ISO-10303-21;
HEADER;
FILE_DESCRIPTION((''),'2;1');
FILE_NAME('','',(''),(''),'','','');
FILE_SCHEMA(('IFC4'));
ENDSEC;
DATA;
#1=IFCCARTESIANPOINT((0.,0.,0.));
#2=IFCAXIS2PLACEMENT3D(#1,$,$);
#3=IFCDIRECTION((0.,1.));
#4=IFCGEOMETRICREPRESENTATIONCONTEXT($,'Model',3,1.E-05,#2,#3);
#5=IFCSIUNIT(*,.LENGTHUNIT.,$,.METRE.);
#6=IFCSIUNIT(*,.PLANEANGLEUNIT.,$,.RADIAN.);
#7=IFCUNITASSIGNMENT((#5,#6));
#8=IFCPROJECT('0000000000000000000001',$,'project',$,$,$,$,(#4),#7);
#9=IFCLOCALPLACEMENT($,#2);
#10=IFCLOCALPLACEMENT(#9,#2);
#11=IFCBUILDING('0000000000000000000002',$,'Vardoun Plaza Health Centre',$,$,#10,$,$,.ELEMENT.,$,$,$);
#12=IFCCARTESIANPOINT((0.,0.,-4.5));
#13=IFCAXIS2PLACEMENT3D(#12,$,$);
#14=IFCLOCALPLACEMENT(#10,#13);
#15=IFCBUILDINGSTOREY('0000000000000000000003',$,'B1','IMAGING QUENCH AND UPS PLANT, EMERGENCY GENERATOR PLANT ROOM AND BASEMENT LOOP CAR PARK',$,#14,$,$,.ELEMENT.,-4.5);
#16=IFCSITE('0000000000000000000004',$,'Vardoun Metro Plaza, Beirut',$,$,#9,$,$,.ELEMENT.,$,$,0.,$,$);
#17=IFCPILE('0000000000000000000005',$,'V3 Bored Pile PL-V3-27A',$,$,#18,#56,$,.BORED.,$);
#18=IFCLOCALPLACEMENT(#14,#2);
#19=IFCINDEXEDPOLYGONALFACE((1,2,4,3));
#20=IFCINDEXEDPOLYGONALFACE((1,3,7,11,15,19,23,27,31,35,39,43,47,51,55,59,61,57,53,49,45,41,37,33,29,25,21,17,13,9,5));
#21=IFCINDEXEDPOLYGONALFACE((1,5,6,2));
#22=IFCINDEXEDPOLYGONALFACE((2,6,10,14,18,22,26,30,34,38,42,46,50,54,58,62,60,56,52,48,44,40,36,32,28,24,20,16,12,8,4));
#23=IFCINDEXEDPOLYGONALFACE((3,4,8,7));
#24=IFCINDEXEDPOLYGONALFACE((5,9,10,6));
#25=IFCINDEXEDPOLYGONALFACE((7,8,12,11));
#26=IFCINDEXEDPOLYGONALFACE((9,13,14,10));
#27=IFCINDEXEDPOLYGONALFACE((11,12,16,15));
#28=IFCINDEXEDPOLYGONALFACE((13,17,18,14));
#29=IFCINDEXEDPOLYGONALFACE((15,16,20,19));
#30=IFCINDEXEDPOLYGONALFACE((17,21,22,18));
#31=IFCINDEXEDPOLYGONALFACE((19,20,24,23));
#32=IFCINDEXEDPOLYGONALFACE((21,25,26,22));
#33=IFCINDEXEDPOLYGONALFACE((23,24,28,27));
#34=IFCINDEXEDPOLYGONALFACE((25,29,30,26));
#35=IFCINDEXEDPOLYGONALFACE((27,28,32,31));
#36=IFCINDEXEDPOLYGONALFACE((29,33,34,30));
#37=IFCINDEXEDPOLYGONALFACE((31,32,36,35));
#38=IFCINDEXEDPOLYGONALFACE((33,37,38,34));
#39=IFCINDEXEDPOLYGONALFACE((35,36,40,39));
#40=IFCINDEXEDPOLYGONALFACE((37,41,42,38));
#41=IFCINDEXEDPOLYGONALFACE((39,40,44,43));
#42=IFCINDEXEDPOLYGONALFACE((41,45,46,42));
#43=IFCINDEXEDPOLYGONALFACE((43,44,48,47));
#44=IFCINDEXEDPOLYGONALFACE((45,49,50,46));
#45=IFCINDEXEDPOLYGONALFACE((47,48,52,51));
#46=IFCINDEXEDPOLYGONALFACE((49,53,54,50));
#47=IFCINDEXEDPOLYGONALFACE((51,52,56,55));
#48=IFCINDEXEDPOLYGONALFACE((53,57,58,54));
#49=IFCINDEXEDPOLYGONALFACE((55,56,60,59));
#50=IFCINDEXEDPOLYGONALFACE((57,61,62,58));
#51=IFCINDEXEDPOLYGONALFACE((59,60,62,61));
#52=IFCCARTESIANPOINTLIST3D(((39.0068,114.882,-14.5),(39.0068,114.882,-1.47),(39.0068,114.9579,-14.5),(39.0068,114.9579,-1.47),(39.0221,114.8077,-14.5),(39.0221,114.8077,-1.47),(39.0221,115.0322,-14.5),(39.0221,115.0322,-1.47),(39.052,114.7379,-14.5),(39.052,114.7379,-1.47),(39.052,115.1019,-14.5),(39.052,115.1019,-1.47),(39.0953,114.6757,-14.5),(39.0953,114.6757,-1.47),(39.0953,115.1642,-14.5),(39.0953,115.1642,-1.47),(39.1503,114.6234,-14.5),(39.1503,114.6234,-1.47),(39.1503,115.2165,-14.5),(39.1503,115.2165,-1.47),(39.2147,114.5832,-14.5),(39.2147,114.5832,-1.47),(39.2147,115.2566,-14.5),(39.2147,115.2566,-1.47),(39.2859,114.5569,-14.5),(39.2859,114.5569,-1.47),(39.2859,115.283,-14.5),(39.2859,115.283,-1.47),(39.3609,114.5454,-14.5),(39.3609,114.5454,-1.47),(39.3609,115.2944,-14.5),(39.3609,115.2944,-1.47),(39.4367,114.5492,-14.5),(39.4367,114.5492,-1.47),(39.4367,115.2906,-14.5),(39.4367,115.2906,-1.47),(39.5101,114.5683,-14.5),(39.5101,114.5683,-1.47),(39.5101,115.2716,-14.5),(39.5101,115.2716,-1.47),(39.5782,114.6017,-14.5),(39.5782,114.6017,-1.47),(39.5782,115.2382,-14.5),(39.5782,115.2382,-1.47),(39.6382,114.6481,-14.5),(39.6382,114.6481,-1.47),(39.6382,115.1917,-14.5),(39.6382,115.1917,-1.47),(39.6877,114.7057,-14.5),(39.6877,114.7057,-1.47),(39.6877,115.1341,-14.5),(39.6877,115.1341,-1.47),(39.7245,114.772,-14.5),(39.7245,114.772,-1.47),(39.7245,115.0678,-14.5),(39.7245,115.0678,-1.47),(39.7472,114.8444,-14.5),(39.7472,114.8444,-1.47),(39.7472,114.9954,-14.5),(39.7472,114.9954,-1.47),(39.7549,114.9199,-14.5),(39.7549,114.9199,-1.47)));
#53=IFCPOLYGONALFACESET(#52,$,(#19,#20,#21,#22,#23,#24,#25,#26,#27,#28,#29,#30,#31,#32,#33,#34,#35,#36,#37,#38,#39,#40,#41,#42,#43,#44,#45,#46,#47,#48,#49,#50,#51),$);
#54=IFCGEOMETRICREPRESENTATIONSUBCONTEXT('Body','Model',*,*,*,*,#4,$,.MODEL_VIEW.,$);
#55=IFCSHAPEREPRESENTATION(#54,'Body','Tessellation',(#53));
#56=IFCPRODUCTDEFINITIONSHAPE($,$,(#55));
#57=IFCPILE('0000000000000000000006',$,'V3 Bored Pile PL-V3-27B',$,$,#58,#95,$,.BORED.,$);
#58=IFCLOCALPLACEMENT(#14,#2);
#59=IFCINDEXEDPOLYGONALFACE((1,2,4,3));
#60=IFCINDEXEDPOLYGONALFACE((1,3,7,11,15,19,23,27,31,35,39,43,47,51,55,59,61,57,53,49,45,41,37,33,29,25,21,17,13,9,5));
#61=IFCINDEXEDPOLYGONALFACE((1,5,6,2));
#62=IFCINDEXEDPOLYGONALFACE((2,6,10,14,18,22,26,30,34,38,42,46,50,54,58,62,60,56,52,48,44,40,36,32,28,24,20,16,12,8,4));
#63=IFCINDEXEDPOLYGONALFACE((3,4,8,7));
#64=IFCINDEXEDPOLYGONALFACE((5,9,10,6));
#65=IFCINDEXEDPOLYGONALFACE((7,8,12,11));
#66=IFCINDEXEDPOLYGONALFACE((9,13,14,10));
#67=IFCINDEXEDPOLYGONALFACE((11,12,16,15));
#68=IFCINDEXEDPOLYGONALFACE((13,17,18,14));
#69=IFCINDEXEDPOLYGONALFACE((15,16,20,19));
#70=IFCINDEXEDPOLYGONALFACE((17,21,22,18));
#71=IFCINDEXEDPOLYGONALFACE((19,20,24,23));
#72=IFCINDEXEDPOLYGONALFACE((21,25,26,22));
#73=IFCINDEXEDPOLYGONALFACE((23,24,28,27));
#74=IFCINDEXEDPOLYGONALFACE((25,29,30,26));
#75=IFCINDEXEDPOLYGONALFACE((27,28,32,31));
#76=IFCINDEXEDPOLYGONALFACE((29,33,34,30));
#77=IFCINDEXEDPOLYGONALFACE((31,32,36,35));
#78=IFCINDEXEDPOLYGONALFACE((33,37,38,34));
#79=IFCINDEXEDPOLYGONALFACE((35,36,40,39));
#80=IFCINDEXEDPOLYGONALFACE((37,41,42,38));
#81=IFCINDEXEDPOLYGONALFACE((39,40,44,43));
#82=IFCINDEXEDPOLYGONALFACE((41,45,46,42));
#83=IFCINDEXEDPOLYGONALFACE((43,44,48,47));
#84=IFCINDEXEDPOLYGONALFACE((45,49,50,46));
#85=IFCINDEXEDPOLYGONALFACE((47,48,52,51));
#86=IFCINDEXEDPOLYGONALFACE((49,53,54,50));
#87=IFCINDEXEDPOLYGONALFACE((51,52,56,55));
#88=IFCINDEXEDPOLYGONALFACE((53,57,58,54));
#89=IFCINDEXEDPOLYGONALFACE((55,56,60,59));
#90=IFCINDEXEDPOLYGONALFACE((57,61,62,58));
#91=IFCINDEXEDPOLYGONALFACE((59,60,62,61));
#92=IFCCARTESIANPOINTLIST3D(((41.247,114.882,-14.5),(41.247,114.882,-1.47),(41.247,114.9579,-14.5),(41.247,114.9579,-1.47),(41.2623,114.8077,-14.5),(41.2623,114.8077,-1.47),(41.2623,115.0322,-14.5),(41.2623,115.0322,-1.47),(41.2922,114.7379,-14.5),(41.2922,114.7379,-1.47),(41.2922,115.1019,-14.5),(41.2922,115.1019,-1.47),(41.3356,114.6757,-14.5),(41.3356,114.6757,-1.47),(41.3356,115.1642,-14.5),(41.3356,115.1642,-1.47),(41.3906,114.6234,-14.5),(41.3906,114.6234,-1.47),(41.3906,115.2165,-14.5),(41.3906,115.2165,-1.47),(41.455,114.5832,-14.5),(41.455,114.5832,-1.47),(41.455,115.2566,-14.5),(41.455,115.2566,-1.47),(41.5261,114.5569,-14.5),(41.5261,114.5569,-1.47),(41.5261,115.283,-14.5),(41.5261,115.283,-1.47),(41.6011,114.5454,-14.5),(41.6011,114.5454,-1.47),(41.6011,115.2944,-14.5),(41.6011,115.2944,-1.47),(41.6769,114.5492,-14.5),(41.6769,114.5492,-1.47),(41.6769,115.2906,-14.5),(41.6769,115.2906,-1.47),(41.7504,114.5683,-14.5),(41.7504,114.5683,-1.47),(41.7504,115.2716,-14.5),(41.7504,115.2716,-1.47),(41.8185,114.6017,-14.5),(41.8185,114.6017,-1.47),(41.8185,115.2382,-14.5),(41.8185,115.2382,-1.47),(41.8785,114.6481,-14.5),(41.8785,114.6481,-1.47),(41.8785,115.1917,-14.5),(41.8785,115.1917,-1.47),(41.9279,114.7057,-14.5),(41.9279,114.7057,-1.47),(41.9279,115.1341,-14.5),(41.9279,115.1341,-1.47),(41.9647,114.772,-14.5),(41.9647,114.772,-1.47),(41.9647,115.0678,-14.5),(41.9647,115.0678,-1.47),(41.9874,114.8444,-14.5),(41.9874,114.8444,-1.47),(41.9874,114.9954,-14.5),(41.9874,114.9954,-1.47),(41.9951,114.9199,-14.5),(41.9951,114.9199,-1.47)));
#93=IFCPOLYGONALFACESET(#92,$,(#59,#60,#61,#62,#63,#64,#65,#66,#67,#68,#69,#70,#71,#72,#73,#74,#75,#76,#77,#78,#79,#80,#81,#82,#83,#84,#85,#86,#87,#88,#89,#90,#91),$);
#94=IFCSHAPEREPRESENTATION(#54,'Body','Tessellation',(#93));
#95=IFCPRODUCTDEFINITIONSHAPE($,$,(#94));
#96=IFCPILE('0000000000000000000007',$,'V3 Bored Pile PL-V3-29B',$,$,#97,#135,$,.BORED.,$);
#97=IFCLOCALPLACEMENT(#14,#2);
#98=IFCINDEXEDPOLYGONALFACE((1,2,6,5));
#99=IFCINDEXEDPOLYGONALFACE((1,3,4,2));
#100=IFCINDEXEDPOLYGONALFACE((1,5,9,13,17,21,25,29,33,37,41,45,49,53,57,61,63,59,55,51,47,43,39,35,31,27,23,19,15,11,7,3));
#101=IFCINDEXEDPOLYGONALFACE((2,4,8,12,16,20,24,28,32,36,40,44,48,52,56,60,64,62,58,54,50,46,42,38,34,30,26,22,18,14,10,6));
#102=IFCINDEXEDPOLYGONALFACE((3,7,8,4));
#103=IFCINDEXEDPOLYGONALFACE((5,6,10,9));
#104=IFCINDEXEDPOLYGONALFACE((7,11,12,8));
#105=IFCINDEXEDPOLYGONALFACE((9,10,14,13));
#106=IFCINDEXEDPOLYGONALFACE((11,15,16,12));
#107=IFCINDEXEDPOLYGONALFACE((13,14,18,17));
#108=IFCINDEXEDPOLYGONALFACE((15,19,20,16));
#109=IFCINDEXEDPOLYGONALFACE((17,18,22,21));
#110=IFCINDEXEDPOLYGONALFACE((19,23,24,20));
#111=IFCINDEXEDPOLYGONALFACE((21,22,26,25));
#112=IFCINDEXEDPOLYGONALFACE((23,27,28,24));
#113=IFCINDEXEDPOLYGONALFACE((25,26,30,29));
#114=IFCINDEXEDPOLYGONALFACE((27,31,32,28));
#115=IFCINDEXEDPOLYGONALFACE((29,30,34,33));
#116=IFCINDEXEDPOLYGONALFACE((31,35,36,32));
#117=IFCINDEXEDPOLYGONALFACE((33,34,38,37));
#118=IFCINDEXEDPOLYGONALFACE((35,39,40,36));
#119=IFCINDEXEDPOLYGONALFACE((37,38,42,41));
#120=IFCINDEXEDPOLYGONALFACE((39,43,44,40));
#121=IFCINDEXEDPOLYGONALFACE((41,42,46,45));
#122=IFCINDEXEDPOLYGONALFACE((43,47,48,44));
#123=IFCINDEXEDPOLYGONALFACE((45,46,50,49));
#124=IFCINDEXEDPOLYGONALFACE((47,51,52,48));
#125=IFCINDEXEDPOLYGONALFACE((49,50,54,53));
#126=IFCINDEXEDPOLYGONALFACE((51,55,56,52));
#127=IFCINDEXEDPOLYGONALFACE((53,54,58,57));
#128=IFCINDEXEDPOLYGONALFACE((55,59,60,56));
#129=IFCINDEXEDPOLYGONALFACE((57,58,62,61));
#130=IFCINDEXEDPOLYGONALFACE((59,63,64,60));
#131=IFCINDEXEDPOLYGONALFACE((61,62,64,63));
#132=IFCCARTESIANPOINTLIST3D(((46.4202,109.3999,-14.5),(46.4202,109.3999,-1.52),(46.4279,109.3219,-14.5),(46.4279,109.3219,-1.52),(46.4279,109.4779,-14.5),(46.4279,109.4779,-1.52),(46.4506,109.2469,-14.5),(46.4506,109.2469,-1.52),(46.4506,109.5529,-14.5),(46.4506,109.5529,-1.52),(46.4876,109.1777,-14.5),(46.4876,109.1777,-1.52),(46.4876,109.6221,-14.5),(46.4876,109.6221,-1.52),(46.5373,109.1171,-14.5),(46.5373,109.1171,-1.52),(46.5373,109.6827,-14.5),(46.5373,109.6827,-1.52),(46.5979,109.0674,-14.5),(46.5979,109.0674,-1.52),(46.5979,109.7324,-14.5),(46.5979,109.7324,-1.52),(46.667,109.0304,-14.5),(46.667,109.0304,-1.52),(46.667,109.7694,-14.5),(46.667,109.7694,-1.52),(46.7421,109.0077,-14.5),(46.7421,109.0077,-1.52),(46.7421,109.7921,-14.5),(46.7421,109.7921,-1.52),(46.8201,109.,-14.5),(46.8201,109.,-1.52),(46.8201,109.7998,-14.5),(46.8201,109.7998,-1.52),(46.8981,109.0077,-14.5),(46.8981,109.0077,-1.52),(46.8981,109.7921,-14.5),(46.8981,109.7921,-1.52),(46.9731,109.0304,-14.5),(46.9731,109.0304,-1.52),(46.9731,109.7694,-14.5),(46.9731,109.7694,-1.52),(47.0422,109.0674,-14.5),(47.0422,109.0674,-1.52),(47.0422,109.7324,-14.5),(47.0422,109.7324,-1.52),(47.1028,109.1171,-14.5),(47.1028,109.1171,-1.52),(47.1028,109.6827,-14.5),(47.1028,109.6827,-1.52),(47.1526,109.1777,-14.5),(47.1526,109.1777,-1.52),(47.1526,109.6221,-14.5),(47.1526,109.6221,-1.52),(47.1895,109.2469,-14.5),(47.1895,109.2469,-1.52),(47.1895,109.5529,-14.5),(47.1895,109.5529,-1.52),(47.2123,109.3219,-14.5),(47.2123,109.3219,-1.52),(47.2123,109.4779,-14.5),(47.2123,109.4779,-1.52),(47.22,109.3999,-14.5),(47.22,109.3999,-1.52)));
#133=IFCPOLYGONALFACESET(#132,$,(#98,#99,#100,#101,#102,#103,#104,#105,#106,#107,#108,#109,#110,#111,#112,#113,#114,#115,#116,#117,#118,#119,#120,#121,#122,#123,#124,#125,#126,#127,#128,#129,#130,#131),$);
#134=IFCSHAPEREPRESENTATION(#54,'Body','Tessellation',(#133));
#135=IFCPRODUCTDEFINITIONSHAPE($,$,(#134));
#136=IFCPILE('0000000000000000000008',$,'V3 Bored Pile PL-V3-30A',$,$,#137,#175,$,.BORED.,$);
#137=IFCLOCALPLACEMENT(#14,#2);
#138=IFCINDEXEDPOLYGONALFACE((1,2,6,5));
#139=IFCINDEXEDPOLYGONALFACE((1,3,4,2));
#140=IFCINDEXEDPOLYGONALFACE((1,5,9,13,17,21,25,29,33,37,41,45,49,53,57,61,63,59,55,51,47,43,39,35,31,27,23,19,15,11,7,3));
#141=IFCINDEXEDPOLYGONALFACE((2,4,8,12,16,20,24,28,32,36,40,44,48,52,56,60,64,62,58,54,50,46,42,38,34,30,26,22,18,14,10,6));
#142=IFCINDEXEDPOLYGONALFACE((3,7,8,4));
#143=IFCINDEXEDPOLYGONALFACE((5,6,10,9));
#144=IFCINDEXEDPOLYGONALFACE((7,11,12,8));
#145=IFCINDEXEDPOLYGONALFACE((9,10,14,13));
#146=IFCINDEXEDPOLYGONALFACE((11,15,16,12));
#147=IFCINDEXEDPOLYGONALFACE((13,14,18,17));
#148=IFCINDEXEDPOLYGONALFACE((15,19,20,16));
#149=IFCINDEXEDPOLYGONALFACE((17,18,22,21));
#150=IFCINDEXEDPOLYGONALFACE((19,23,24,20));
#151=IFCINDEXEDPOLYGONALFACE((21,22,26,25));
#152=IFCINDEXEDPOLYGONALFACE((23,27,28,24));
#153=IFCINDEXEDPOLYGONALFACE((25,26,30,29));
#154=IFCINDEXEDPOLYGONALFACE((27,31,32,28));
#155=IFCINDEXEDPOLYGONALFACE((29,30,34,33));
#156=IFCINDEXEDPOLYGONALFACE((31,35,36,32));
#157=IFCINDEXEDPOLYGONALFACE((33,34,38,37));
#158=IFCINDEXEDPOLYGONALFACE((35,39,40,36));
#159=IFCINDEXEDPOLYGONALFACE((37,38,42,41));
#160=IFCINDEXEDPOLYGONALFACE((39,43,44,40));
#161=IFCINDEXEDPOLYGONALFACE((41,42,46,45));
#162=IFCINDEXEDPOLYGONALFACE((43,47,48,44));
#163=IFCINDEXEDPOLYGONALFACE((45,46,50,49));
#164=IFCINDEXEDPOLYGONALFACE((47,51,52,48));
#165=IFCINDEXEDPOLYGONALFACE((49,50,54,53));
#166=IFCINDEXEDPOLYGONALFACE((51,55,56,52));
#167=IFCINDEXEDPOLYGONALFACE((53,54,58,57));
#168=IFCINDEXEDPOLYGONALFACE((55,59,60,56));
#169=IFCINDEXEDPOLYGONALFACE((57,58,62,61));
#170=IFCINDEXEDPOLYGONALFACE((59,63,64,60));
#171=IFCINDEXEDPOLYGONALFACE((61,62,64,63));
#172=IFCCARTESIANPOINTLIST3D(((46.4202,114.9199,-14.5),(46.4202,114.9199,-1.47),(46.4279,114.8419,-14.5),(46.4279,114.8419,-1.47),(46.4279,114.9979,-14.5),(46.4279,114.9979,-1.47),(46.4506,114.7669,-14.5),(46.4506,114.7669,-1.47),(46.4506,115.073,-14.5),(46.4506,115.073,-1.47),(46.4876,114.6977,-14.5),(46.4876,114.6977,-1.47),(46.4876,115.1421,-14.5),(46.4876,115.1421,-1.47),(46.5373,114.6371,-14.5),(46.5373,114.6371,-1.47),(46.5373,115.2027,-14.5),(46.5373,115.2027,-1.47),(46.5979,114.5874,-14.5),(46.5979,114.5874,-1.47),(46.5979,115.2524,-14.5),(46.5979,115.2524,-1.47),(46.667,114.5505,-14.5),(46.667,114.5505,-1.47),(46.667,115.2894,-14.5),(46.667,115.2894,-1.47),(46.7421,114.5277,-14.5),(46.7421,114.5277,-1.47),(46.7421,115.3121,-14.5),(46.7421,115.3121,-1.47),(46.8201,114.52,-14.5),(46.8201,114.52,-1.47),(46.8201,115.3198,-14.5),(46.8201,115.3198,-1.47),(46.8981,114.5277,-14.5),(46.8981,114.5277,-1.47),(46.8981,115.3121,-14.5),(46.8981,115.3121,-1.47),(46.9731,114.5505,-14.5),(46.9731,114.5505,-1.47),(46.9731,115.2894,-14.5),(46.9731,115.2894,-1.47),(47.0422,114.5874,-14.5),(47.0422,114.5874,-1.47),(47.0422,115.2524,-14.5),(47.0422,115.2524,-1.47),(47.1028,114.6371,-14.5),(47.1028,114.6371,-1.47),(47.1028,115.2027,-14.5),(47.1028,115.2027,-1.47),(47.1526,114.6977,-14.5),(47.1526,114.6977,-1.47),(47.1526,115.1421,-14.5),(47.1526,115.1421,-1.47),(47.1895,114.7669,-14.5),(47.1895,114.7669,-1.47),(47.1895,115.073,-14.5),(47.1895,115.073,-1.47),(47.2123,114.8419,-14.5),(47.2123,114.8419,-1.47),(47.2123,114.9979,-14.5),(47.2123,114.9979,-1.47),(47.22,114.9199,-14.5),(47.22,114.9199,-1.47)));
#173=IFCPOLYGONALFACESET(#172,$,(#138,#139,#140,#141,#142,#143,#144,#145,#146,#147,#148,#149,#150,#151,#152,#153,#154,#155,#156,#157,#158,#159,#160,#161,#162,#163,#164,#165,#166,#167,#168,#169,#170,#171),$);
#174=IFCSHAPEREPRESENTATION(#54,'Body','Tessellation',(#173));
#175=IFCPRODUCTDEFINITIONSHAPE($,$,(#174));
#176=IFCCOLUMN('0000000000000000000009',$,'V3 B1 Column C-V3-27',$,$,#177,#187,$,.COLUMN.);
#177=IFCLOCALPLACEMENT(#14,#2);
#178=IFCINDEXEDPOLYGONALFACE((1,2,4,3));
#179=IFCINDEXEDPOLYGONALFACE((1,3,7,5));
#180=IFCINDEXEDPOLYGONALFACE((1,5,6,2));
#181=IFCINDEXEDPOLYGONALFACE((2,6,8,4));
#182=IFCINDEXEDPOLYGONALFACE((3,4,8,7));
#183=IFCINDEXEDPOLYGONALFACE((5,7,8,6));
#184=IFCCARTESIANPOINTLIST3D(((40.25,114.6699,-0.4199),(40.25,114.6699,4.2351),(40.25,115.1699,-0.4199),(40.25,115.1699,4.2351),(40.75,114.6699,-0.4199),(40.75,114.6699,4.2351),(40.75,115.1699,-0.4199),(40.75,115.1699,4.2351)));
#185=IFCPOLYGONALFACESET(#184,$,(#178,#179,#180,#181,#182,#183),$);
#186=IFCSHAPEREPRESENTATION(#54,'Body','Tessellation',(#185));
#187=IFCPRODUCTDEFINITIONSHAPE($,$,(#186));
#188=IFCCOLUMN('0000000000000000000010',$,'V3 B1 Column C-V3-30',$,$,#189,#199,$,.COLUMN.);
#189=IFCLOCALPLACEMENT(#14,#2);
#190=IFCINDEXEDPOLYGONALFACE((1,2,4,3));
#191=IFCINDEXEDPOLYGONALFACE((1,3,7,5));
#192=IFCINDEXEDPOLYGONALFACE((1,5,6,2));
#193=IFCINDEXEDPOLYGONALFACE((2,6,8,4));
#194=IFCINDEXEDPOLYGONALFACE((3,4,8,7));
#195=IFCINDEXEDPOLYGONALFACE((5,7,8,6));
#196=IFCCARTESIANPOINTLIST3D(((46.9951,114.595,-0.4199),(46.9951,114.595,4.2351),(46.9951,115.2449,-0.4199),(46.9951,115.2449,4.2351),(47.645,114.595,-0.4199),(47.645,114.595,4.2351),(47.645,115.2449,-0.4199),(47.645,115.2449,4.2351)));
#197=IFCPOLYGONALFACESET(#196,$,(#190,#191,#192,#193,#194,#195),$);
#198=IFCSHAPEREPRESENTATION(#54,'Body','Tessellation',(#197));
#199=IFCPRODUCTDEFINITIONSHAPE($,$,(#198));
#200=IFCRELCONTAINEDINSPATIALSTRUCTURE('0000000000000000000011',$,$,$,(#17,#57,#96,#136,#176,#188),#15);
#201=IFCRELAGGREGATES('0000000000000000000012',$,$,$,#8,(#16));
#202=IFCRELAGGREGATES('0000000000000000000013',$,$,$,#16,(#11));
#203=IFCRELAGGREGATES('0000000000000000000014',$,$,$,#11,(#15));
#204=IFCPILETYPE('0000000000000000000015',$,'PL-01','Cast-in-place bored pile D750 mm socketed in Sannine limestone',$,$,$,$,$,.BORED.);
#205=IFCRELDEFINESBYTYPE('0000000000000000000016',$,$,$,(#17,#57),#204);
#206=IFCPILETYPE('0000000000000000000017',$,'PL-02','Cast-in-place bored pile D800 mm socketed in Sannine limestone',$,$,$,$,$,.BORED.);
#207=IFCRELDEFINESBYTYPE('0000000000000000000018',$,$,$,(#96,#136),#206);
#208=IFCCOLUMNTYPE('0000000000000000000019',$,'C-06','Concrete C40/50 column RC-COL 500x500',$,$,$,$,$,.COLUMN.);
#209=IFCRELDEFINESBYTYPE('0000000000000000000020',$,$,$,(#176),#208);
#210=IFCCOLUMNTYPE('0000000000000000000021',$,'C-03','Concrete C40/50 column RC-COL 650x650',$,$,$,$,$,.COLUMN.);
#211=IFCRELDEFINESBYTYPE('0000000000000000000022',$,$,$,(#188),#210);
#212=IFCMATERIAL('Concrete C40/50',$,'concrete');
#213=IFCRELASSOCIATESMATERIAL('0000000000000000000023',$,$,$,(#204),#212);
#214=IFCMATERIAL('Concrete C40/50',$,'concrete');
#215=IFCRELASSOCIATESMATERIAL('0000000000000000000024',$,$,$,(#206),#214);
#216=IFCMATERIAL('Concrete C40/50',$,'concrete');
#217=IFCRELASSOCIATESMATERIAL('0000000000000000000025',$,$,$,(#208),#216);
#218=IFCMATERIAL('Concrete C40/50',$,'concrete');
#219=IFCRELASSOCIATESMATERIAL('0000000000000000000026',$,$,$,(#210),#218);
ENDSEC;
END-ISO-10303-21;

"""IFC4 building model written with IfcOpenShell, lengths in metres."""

from ifc_helpers import new_model, si_unit, direction, frame, origin, origin_2d, place, context, subcontext, project, spatial, rectangle, circle, extrude, material, material_profile, profile_set, type_object, element, save


model = new_model("IFC4")

# Units and contexts
model_context = context("Model", 3, precision=1e-05, world=origin(), true_north=direction((0.0, 1.0)))
body_context = subcontext(model_context, "Body", "Model", "MODEL_VIEW")
ifc_project = project(units=[si_unit("LENGTHUNIT", "METRE"), si_unit("PLANEANGLEUNIT", "RADIAN")], contexts=[model_context])

# Site, building, storey
site_placement = place(None, origin())
site = spatial("IfcSite", under=ifc_project, at=site_placement, Name="Vardoun Metro Plaza, Beirut", CompositionType="ELEMENT", RefElevation=0.0)
building_placement = place(site_placement, origin())
building = spatial("IfcBuilding", under=site, at=building_placement, Name="Vardoun Plaza Health Centre", CompositionType="ELEMENT")
storey_placement = place(building_placement, frame((0.0, 0.0, -4.5)))
storey = spatial("IfcBuildingStorey", under=building, at=storey_placement, Name="B1", Description="IMAGING QUENCH AND UPS PLANT, EMERGENCY GENERATOR PLANT ROOM AND BASEMENT LOOP CAR PARK", CompositionType="ELEMENT", Elevation=-4.5)

# Piles
ifc_material_1 = material(Name="Concrete C40/50", Category="concrete")
ifc_material_profile_1 = material_profile(ifc_material_1, circle(Radius=0.375, at=origin_2d()), Name="PILE D750")
ifc_profile_set_1 = profile_set([ifc_material_profile_1], Name="Concrete C40/50")
pile_type_1 = type_object("IfcPileType", Name="PL-01", Description="Cast-in-place bored pile D750 mm socketed in Sannine limestone", PredefinedType="BORED", material=ifc_profile_set_1)
for number, where, z_axis, x_axis, name in (
    (1, (39.3799, 114.9199, -1.47), (0.0, 0.0, -1.0), (1.0, 0.0, 0.0), "V3 Bored Pile PL-V3-27A"),
    (2, (41.6201, 114.9199, -1.47), (0.0, 0.0, -1.0), (1.0, 0.0, 0.0), "V3 Bored Pile PL-V3-27B"),
):
    element("IfcPile", number, at=place(storey_placement, frame(where, z_axis=z_axis, x_axis=x_axis)), inside=storey, type_object=pile_type_1, Name=name, PredefinedType="BORED", context=body_context, shape_type="SweptSolid", body=[
        extrude(circle(Radius=0.375, at=origin_2d()), origin(), (0.0, 0.0, 1.0), 13.03),
    ])
ifc_material_2 = material(Name="Concrete C40/50", Category="concrete")
ifc_material_profile_2 = material_profile(ifc_material_2, circle(Radius=0.3999, at=origin_2d()), Name="PILE D800")
ifc_profile_set_2 = profile_set([ifc_material_profile_2], Name="Concrete C40/50")
pile_type_2 = type_object("IfcPileType", Name="PL-02", Description="Cast-in-place bored pile D800 mm socketed in Sannine limestone", PredefinedType="BORED", material=ifc_profile_set_2)
pile_1_placement = place(storey_placement, frame((46.8201, 109.3999, -1.52), z_axis=(0.0, 0.0, -1.0), x_axis=(1.0, 0.0, 0.0)))
element("IfcPile", 3, at=pile_1_placement, inside=storey, type_object=pile_type_2, Name="V3 Bored Pile PL-V3-29B", PredefinedType="BORED", context=body_context, shape_type="SweptSolid", body=[
    extrude(circle(Radius=0.3999, at=origin_2d()), origin(), (0.0, 0.0, 1.0), 12.98),
])
pile_2_placement = place(storey_placement, frame((46.8201, 114.9199, -1.47), z_axis=(0.0, 0.0, -1.0), x_axis=(1.0, 0.0, 0.0)))
element("IfcPile", 4, at=pile_2_placement, inside=storey, type_object=pile_type_2, Name="V3 Bored Pile PL-V3-30A", PredefinedType="BORED", context=body_context, shape_type="SweptSolid", body=[
    extrude(circle(Radius=0.3999, at=origin_2d()), origin(), (0.0, 0.0, 1.0), 13.03),
])

# Columns
ifc_material_3 = material(Name="Concrete C40/50", Category="concrete")
ifc_material_profile_3 = material_profile(ifc_material_3, rectangle(XDim=0.5, YDim=0.5, at=origin_2d()), Name="RC-COL 500x500")
ifc_profile_set_3 = profile_set([ifc_material_profile_3], Name="Concrete C40/50")
column_type_1 = type_object("IfcColumnType", Name="C-06", Description="Concrete C40/50 column RC-COL 500x500", PredefinedType="COLUMN", material=ifc_profile_set_3)
column_1_placement = place(storey_placement, frame((40.5, 114.9199, -0.4199), z_axis=(0.0, 0.0, 1.0), x_axis=(1.0, 0.0, 0.0)))
element("IfcColumn", 5, at=column_1_placement, inside=storey, type_object=column_type_1, Name="V3 B1 Column C-V3-27", PredefinedType="COLUMN", context=body_context, shape_type="SweptSolid", body=[
    extrude(rectangle(XDim=0.5, YDim=0.5, at=origin_2d()), origin(), (0.0, 0.0, 1.0), 4.655),
])
ifc_material_4 = material(Name="Concrete C40/50", Category="concrete")
ifc_material_profile_4 = material_profile(ifc_material_4, rectangle(XDim=0.6499, YDim=0.6499, at=origin_2d()), Name="RC-COL 650x650")
ifc_profile_set_4 = profile_set([ifc_material_profile_4], Name="Concrete C40/50")
column_type_2 = type_object("IfcColumnType", Name="C-03", Description="Concrete C40/50 column RC-COL 650x650", PredefinedType="COLUMN", material=ifc_profile_set_4)
column_2_placement = place(storey_placement, frame((47.3201, 114.9199, -0.4199), z_axis=(0.0, 0.0, 1.0), x_axis=(1.0, 0.0, 0.0)))
element("IfcColumn", 6, at=column_2_placement, inside=storey, type_object=column_type_2, Name="V3 B1 Column C-V3-30", PredefinedType="COLUMN", context=body_context, shape_type="SweptSolid", body=[
    extrude(rectangle(XDim=0.6499, YDim=0.6499, at=origin_2d()), origin(), (0.0, 0.0, 1.0), 4.655),
])

save(model, "model.ifc")
